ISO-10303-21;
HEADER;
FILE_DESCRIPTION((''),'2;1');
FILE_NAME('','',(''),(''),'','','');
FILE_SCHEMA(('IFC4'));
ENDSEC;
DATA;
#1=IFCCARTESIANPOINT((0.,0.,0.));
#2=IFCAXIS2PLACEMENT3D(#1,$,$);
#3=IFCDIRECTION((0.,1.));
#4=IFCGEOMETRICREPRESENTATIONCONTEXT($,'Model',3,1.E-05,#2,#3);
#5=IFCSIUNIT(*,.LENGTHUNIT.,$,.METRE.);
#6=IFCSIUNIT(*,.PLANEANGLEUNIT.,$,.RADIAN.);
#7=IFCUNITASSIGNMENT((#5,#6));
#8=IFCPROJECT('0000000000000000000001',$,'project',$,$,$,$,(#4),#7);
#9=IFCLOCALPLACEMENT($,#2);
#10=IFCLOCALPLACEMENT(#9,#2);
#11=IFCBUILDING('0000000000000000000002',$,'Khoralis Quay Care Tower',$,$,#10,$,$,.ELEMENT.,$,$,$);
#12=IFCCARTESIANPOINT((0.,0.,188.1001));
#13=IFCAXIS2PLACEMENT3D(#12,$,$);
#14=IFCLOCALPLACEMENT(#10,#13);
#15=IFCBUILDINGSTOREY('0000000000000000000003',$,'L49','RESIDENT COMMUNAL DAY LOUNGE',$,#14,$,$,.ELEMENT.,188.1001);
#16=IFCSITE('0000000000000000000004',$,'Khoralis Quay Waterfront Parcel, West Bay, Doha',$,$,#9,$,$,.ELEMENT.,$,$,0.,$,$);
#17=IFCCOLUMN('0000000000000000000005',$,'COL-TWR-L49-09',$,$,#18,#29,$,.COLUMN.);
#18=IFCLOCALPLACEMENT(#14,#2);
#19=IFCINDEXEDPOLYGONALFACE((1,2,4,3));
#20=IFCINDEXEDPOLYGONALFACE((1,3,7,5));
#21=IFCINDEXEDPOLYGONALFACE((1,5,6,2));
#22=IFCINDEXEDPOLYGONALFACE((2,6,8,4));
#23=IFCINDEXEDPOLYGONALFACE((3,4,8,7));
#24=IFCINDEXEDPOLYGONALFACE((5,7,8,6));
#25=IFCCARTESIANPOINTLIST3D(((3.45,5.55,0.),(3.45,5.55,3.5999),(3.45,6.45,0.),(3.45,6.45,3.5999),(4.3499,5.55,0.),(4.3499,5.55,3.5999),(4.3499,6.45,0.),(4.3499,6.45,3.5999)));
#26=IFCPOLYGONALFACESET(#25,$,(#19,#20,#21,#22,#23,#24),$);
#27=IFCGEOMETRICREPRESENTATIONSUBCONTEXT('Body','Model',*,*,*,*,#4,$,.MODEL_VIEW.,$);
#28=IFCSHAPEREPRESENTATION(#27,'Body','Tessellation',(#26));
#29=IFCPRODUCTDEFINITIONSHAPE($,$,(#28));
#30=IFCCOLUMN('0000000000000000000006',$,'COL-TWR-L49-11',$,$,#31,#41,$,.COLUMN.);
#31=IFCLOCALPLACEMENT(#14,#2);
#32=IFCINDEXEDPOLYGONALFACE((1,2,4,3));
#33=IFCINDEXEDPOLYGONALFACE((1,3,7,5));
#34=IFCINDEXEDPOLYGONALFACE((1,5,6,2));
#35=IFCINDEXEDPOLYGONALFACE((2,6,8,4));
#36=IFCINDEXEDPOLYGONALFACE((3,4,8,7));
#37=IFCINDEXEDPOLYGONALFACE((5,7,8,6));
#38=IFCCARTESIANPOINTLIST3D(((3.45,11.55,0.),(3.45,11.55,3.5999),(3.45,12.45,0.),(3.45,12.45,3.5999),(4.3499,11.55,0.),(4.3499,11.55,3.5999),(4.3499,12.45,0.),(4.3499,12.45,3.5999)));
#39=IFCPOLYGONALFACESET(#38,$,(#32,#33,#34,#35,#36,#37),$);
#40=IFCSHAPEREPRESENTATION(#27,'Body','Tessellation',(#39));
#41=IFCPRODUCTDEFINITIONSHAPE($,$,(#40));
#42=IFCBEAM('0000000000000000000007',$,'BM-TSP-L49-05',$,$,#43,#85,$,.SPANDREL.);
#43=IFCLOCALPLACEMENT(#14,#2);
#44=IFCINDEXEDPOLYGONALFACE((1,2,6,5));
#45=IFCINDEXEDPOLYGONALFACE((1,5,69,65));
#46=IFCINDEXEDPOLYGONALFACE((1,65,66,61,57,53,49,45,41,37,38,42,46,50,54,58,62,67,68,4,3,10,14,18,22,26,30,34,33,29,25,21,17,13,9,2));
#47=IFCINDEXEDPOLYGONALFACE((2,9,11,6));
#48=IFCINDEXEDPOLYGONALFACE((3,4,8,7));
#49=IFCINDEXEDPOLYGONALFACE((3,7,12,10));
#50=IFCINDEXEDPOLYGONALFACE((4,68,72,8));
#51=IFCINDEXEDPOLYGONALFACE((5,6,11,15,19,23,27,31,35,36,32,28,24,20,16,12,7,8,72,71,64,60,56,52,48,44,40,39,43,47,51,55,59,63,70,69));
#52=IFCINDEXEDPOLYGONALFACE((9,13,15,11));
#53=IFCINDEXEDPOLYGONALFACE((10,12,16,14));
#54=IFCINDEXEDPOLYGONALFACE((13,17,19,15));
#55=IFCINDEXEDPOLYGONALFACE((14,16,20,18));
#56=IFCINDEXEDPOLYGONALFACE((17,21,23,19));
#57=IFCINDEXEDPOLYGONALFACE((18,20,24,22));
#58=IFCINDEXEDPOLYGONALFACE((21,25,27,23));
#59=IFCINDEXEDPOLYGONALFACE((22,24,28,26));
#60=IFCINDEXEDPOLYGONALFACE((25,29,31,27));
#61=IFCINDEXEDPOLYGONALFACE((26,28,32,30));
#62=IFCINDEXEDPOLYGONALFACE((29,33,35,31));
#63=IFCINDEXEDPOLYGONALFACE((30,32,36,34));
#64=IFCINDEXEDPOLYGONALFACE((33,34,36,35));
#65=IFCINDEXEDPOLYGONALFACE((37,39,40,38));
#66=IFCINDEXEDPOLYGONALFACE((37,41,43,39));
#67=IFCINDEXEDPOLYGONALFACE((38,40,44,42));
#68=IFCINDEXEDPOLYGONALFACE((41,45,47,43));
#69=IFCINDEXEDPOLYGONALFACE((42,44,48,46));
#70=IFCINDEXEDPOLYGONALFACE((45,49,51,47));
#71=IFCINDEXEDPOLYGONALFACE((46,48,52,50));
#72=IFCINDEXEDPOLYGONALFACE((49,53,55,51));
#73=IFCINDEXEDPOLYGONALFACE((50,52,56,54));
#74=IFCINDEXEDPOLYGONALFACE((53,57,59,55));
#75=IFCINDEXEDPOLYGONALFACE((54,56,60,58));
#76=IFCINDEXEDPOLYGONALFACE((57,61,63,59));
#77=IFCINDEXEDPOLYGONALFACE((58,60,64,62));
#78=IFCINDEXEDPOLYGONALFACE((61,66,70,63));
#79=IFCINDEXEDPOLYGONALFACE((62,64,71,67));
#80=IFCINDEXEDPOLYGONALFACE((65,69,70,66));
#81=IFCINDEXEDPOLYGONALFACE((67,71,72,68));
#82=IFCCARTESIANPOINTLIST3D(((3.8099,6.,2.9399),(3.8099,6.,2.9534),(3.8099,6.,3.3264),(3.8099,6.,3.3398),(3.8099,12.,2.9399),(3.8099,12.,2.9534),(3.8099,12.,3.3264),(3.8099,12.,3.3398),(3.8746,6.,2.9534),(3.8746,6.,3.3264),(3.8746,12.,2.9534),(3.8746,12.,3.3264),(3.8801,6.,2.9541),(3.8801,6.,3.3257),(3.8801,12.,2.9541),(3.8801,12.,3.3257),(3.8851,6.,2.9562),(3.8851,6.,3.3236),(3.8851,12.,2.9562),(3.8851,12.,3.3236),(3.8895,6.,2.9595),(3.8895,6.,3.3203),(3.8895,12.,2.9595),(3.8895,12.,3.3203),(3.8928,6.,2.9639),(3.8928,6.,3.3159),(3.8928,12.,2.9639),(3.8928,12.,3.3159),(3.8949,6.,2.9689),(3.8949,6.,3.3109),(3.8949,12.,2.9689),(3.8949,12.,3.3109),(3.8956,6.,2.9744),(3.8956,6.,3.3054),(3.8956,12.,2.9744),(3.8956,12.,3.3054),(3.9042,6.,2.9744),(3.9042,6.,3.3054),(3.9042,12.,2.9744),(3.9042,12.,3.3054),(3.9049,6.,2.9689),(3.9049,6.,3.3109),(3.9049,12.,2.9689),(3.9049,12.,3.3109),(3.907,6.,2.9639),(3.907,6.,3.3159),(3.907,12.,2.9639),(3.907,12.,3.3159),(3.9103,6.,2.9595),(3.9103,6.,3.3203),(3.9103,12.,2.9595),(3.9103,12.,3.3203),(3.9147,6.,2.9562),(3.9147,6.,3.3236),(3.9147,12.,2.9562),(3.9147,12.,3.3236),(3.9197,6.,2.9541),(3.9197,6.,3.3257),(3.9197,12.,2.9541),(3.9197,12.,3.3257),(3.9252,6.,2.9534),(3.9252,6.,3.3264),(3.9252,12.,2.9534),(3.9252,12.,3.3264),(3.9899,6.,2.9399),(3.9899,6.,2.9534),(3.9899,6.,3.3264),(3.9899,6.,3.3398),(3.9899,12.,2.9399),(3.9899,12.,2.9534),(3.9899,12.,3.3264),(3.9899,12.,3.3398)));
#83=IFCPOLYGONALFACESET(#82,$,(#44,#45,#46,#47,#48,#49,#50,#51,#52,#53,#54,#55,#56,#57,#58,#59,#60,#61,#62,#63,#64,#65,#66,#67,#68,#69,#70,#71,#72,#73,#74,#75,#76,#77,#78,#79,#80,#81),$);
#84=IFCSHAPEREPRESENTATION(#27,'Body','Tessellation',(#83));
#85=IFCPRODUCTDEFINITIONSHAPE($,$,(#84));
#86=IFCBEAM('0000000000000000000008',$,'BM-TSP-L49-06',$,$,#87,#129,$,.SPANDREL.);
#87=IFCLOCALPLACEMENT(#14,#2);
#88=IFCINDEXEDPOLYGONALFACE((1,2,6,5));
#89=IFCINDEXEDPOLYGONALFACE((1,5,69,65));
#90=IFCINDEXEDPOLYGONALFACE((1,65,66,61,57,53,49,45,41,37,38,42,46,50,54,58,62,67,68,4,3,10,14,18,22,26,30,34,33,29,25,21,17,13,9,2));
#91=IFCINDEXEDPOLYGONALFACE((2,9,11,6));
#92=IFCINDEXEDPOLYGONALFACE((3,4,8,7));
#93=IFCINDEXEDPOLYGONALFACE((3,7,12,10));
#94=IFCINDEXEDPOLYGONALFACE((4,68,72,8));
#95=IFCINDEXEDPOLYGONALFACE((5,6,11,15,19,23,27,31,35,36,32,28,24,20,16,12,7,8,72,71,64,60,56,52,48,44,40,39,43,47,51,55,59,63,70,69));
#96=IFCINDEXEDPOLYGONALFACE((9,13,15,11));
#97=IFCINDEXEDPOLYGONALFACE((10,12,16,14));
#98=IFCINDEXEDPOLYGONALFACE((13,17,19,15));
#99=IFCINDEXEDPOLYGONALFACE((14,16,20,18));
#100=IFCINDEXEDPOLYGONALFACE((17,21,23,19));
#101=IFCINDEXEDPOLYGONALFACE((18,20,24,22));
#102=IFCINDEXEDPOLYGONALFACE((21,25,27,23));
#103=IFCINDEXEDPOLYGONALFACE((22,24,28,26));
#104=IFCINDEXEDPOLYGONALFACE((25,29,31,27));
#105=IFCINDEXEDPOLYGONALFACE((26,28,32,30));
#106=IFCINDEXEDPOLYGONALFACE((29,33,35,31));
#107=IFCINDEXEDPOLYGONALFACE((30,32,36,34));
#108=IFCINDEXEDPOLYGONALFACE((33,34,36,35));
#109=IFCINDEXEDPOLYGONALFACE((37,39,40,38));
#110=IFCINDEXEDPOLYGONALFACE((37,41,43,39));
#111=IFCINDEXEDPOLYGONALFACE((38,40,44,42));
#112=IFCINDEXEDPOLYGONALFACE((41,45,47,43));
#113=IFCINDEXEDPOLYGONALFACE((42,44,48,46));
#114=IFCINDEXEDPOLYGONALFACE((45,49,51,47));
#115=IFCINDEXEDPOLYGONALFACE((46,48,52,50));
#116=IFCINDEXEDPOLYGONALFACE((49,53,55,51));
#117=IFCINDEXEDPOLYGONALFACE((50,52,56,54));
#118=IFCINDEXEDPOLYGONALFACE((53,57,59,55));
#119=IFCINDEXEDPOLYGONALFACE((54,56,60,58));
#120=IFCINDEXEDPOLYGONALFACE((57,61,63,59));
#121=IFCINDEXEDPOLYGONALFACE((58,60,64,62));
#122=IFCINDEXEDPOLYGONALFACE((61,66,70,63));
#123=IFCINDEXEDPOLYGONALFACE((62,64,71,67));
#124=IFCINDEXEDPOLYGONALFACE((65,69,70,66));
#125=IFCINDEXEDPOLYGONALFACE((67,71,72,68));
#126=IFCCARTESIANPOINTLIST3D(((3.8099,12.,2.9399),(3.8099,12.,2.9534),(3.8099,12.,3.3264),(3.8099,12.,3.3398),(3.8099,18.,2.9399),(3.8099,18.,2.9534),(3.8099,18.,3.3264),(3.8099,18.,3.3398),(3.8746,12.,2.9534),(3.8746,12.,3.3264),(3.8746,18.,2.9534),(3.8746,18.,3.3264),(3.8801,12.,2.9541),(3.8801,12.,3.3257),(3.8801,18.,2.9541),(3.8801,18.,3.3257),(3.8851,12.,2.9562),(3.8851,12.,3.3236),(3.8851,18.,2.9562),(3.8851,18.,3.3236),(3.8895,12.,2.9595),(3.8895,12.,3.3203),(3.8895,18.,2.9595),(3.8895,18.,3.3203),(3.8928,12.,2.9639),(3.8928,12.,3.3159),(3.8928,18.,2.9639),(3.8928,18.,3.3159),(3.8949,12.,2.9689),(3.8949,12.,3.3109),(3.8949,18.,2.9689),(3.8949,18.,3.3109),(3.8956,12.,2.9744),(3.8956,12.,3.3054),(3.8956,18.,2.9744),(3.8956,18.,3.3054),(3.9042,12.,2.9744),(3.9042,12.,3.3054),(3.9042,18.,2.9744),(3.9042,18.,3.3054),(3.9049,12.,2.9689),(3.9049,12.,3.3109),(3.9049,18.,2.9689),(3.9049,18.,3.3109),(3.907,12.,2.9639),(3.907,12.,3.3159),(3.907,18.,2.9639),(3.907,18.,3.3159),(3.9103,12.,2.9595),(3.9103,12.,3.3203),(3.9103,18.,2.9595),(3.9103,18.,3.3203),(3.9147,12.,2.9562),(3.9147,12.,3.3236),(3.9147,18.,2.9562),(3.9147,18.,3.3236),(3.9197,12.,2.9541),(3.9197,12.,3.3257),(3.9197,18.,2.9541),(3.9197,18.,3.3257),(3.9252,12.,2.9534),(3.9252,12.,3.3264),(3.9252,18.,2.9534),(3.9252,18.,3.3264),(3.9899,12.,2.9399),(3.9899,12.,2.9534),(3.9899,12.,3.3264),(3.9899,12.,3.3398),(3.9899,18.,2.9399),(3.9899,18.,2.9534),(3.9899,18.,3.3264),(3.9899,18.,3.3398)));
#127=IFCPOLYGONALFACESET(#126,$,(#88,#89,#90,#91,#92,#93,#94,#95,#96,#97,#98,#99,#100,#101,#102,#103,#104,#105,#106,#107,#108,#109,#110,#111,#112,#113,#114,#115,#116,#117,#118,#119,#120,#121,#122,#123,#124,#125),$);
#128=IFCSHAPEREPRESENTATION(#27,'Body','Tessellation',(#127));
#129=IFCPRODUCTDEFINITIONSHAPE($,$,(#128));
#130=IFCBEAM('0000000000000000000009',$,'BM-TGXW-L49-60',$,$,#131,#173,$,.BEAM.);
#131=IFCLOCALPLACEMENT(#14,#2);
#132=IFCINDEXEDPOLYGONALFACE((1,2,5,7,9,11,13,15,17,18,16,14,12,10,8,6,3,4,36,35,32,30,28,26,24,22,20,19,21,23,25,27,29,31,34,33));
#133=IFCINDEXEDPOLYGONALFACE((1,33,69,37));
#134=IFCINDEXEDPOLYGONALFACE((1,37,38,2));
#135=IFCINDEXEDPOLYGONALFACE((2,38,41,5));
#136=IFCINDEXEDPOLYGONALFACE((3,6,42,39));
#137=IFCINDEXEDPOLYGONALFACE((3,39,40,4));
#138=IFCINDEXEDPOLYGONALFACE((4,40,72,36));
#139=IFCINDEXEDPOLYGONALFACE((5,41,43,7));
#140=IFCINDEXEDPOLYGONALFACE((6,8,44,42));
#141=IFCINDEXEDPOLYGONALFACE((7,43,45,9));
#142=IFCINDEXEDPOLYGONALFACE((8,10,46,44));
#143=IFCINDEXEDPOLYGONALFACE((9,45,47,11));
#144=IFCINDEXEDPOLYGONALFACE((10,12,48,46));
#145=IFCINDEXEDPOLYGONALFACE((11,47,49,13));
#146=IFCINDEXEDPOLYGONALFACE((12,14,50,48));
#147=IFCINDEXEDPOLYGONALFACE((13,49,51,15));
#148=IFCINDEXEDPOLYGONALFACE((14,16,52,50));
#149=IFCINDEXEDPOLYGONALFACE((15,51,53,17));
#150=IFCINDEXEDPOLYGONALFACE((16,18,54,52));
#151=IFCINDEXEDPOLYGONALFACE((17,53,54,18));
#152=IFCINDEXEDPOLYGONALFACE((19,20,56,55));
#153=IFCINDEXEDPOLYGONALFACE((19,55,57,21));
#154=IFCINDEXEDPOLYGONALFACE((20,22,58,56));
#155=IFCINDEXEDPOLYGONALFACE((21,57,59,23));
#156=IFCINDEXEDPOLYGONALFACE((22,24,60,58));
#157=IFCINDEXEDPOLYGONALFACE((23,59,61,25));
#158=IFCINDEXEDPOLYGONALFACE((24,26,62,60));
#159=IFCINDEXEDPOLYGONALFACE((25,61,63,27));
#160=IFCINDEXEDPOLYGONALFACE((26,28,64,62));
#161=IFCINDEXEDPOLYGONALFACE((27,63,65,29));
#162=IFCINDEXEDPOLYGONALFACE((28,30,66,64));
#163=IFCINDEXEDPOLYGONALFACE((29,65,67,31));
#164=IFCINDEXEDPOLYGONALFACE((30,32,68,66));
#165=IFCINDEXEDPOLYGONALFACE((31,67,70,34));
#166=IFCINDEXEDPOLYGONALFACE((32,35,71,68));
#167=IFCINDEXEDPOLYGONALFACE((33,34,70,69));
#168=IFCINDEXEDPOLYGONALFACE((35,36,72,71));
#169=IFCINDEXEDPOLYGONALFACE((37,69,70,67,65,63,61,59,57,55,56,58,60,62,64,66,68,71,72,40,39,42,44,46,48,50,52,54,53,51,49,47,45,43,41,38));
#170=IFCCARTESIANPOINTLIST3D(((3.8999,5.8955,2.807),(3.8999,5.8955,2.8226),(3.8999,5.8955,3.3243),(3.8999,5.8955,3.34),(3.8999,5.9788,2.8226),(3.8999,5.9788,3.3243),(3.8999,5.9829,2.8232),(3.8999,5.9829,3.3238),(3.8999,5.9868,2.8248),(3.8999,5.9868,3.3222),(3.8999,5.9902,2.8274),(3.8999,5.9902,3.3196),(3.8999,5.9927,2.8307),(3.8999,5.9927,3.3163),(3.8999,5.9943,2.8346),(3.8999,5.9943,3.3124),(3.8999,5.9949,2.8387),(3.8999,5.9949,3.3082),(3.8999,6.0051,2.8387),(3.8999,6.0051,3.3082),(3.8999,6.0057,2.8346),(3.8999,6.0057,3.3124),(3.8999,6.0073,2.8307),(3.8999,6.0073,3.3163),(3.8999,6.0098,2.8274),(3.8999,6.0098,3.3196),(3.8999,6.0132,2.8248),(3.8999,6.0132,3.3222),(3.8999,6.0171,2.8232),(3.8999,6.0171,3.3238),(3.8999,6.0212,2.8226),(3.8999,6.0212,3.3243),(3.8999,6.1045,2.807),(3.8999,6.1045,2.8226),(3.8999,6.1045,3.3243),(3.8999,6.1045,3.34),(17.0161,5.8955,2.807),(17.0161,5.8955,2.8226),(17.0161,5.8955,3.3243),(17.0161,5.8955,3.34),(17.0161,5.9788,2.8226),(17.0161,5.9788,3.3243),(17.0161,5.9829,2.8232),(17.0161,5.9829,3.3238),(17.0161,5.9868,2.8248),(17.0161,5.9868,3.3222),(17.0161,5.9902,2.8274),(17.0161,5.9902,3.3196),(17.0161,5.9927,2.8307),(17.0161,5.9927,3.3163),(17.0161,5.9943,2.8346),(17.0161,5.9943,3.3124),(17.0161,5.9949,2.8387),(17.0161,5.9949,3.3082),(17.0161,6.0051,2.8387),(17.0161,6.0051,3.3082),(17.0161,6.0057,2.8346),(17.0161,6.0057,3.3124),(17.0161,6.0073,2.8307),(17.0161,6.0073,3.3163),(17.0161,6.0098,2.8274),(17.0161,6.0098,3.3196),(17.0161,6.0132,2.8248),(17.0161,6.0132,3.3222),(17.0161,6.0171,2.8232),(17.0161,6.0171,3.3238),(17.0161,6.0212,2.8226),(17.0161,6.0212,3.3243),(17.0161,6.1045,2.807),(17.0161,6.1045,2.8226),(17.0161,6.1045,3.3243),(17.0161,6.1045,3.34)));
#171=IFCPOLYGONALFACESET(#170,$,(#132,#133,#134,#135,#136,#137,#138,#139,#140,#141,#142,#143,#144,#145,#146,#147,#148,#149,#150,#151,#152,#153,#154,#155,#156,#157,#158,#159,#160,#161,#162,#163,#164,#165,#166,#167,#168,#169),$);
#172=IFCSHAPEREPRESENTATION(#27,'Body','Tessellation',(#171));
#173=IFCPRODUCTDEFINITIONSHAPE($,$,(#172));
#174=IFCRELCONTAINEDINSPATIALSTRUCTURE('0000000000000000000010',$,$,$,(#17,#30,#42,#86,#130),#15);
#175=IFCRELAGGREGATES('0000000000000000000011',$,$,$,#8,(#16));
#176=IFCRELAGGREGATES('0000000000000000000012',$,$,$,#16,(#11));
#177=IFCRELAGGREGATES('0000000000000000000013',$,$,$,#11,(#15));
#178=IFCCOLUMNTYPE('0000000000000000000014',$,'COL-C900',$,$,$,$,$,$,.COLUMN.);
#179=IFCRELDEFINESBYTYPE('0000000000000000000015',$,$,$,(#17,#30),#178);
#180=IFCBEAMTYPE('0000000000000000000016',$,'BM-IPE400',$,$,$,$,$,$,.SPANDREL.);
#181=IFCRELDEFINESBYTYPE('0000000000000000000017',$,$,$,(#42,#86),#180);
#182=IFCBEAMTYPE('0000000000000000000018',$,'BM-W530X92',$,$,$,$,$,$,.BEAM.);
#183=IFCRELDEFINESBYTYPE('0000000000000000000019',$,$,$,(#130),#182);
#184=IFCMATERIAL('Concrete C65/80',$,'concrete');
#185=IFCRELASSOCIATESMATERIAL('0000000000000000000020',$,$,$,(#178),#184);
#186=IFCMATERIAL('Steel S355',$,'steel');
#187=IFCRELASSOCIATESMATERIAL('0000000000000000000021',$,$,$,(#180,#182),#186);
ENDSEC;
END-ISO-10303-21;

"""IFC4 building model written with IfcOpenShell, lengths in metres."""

from ifc_helpers import new_model, si_unit, direction, frame, origin, origin_2d, place, context, subcontext, project, spatial, rectangle, i_section, extrude, source, transform, mapped, material, material_profile, profile_set, type_object, element, save


model = new_model("IFC4")

# Units and contexts
model_context = context("Model", 3, precision=1e-05, world=origin(), true_north=direction((0.0, 1.0)))
body_context = subcontext(model_context, "Body", "Model", "MODEL_VIEW")
ifc_project = project(units=[si_unit("LENGTHUNIT", "METRE"), si_unit("PLANEANGLEUNIT", "RADIAN")], contexts=[model_context])

# Site, building, storey
site_placement = place(None, origin())
site = spatial("IfcSite", under=ifc_project, at=site_placement, Name="Khoralis Quay Waterfront Parcel, West Bay, Doha", CompositionType="ELEMENT", RefElevation=0.0)
building_placement = place(site_placement, origin())
building = spatial("IfcBuilding", under=site, at=building_placement, Name="Khoralis Quay Care Tower", CompositionType="ELEMENT")
storey_placement = place(building_placement, frame((0.0, 0.0, 188.1001)))
storey = spatial("IfcBuildingStorey", under=building, at=storey_placement, Name="L49", Description="RESIDENT COMMUNAL DAY LOUNGE", CompositionType="ELEMENT", Elevation=188.1001)

# Columns
ifc_material_1 = material(Name="Concrete C65/80", Category="concrete")
ifc_material_profile_1 = material_profile(ifc_material_1, rectangle(XDim=0.8999, YDim=0.8999, at=origin_2d()), Name="Concrete C65/80")
ifc_profile_set_1 = profile_set([ifc_material_profile_1], Name="Concrete C65/80")
column_type = type_object("IfcColumnType", Name="COL-C900", PredefinedType="COLUMN", material=ifc_profile_set_1)
shared_shape_1 = source(origin(), body_context, "Body", "SweptSolid", [
    extrude(rectangle(XDim=0.8999, YDim=0.8999, at=origin_2d()), origin(), (0.0, 0.0, 1.0), 3.5999),
])
for number, where, z_axis, x_axis, name in (
    (1, (3.8999, 6.0, 0.0), (0.0, 0.0, 1.0), (1.0, 0.0, 0.0), "COL-TWR-L49-09"),
    (2, (3.8999, 12.0, 0.0), (0.0, 0.0, 1.0), (1.0, 0.0, 0.0), "COL-TWR-L49-11"),
):
    element("IfcColumn", number, at=place(storey_placement, frame(where, z_axis=z_axis, x_axis=x_axis)), inside=storey, type_object=column_type, Name=name, PredefinedType="COLUMN", context=body_context, shape_type="MappedRepresentation", body=[
        mapped(shared_shape_1, transform((0.0, 0.0, 0.0), scale=1.0)),
    ])

# Beams
ifc_material_2 = material(Name="Steel S355", Category="steel")
ifc_material_profile_2 = material_profile(ifc_material_2, i_section(OverallWidth=0.1799, OverallDepth=0.3999, WebThickness=0.0085, FlangeThickness=0.0134, FilletRadius=0.021, at=origin_2d()), Name="Steel S355")
ifc_profile_set_2 = profile_set([ifc_material_profile_2], Name="Steel S355")
beam_type_1 = type_object("IfcBeamType", Name="BM-IPE400", PredefinedType="SPANDREL", material=ifc_profile_set_2)
shared_shape_2 = source(origin(), body_context, "Body", "SweptSolid", [
    extrude(i_section(OverallWidth=0.1799, OverallDepth=0.3999, WebThickness=0.0085, FlangeThickness=0.0134, FilletRadius=0.021, at=origin_2d()), origin(), (0.0, 0.0, 1.0), 6.0),
])
for number, where, z_axis, x_axis, name in (
    (3, (3.8999, 6.0, 3.1399), (0.0, 1.0, 0.0), (-1.0, 0.0, 0.0), "BM-TSP-L49-05"),
    (4, (3.8999, 12.0, 3.1399), (0.0, 1.0, 0.0), (-1.0, 0.0, 0.0), "BM-TSP-L49-06"),
):
    element("IfcBeam", number, at=place(storey_placement, frame(where, z_axis=z_axis, x_axis=x_axis)), inside=storey, type_object=beam_type_1, Name=name, PredefinedType="SPANDREL", context=body_context, shape_type="MappedRepresentation", body=[
        mapped(shared_shape_2, transform((0.0, 0.0, 0.0), scale=1.0)),
    ])
ifc_material_profile_3 = material_profile(ifc_material_2, i_section(OverallWidth=0.209, OverallDepth=0.533, WebThickness=0.0103, FlangeThickness=0.0156, FilletRadius=0.0161, at=origin_2d()), Name="Steel S355")
ifc_profile_set_3 = profile_set([ifc_material_profile_3], Name="Steel S355")
beam_type_2 = type_object("IfcBeamType", Name="BM-W530X92", PredefinedType="BEAM", material=ifc_profile_set_3)
shared_shape_3 = source(origin(), body_context, "Body", "SweptSolid", [
    extrude(i_section(OverallWidth=0.209, OverallDepth=0.533, WebThickness=0.0103, FlangeThickness=0.0156, FilletRadius=0.0161, at=origin_2d()), origin(), (0.0, 0.0, 1.0), 13.1162),
])
beam_1_placement = place(storey_placement, frame((3.8999, 6.0, 3.0735), z_axis=(1.0, 0.0, 0.0), x_axis=(0.0, 1.0, 0.0)))
element("IfcBeam", 5, at=beam_1_placement, inside=storey, type_object=beam_type_2, Name="BM-TGXW-L49-60", PredefinedType="BEAM", context=body_context, shape_type="MappedRepresentation", body=[
    mapped(shared_shape_3, transform((0.0, 0.0, 0.0), scale=1.0)),
])

save(model, "model.ifc")
